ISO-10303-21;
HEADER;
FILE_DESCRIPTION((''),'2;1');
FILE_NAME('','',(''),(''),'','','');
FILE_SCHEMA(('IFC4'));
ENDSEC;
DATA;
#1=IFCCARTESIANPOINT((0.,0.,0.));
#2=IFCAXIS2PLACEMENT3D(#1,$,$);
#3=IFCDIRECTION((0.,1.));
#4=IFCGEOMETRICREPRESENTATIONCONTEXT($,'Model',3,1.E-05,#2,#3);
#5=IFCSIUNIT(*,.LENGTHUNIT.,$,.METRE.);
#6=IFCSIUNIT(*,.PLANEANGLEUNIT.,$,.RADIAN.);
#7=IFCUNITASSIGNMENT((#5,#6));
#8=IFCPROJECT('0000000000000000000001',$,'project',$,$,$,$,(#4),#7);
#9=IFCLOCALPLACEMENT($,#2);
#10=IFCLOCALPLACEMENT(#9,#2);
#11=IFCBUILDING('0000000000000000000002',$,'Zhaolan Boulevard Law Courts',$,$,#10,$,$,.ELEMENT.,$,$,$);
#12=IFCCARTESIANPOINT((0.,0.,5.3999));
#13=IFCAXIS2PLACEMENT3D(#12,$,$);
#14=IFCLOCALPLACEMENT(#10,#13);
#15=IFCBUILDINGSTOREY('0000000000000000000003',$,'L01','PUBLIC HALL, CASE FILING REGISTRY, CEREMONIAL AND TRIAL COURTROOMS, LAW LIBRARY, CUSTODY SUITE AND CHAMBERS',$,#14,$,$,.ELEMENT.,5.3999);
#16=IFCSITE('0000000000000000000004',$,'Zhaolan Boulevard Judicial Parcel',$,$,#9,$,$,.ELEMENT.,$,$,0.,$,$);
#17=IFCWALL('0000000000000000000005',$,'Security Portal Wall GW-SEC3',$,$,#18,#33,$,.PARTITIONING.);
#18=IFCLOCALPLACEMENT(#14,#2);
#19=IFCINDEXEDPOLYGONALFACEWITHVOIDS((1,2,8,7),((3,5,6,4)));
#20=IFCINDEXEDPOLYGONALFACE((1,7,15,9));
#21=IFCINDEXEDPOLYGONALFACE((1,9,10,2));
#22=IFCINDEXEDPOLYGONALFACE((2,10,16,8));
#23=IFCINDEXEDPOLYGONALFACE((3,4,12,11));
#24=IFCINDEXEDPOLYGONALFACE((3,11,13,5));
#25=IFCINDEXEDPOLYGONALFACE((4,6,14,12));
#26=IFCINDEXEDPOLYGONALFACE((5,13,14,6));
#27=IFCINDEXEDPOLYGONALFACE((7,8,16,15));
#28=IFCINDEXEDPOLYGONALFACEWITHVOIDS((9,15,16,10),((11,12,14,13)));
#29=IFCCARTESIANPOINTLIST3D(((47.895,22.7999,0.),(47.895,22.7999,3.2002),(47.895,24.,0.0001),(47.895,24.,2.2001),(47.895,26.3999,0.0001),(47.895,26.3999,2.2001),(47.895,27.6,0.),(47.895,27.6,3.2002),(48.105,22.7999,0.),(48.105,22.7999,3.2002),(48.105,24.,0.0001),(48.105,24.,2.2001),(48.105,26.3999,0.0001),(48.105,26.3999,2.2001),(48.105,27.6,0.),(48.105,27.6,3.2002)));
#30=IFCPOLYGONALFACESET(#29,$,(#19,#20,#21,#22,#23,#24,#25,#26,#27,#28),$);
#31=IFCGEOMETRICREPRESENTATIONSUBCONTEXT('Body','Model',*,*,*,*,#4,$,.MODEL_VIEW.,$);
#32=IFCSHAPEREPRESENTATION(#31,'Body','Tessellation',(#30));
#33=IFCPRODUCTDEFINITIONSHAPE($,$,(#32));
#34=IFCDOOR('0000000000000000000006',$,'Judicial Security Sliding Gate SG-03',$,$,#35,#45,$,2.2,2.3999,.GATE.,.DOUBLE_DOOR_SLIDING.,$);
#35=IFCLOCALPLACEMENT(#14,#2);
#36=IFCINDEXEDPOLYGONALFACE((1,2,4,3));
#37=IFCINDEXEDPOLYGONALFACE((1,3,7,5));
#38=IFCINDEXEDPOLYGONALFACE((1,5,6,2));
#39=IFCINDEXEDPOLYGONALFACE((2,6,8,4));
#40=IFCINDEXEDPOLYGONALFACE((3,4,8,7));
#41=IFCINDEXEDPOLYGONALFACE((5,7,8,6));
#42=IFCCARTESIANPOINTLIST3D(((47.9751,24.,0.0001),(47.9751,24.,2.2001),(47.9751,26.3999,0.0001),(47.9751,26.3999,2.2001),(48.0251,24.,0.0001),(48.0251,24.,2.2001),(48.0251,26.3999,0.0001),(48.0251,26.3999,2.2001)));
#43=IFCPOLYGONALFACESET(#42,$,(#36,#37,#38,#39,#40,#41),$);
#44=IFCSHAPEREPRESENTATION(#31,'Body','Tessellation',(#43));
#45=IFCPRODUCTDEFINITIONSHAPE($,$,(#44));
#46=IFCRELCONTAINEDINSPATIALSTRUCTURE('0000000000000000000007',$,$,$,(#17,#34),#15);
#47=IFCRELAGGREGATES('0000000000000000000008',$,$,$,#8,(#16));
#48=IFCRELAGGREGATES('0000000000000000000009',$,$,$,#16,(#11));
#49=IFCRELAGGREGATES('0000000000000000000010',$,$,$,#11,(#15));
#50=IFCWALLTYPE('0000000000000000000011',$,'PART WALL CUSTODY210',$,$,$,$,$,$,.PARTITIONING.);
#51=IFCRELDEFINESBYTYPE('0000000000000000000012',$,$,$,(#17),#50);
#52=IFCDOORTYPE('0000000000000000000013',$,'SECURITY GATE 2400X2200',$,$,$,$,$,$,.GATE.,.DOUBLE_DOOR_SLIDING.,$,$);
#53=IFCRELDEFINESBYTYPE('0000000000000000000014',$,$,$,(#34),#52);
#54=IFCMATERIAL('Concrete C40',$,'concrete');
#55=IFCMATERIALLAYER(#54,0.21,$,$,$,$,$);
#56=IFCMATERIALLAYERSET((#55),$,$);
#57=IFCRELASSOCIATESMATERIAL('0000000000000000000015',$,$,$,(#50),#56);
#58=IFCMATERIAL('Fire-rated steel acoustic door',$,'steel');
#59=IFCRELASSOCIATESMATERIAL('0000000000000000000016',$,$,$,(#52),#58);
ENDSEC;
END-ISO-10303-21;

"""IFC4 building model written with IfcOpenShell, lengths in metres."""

from ifc_helpers import new_model, si_unit, direction, frame, frame_2d, origin, place, context, subcontext, project, spatial, rectangle, extrude, material, layer, layer_set, type_object, element, fill, save


model = new_model("IFC4")

# Units and contexts
model_context = context("Model", 3, precision=1e-05, world=origin(), true_north=direction((0.0, 1.0)))
body_context = subcontext(model_context, "Body", "Model", "MODEL_VIEW")
ifc_project = project(units=[si_unit("LENGTHUNIT", "METRE"), si_unit("PLANEANGLEUNIT", "RADIAN")], contexts=[model_context])

# Site, building, storey
site_placement = place(None, origin())
site = spatial("IfcSite", under=ifc_project, at=site_placement, Name="Zhaolan Boulevard Judicial Parcel", CompositionType="ELEMENT", RefElevation=0.0)
building_placement = place(site_placement, origin())
building = spatial("IfcBuilding", under=site, at=building_placement, Name="Zhaolan Boulevard Law Courts", CompositionType="ELEMENT")
storey_placement = place(building_placement, frame((0.0, 0.0, 5.3999)))
storey = spatial("IfcBuildingStorey", under=building, at=storey_placement, Name="L01", Description="PUBLIC HALL, CASE FILING REGISTRY, CEREMONIAL AND TRIAL COURTROOMS, LAW LIBRARY, CUSTODY SUITE AND CHAMBERS", CompositionType="ELEMENT", Elevation=5.3999)

# Wall, opening, door
ifc_material_1 = material(Name="Concrete C40", Category="concrete")
ifc_layer_1 = layer(ifc_material_1, 0.21)
ifc_layer_set_1 = layer_set([ifc_layer_1])
wall_type_1 = type_object("IfcWallType", Name="PART WALL CUSTODY210", PredefinedType="PARTITIONING", material=ifc_layer_set_1)
wall_1_placement = place(storey_placement, frame((48.0, 22.8, 0.0), z_axis=(0.0, 0.0, 1.0), x_axis=(0.0, 1.0, 0.0)))
wall_1 = element("IfcWall", 1, at=wall_1_placement, inside=storey, type_object=wall_type_1, Name="Security Portal Wall GW-SEC3", PredefinedType="PARTITIONING", context=body_context, shape_type="SweptSolid", body=[
    extrude(rectangle(XDim=4.8, YDim=0.21, at=frame_2d((2.3999, 0.0))), origin(), (0.0, 0.0, 1.0), 3.2002),
])
opening_placement = place(wall_1_placement, frame((1.2, 0.0, 0.0)))
opening = element("IfcOpeningElement", 2, at=opening_placement, cuts=wall_1, PredefinedType="OPENING", context=body_context, shape_type="SweptSolid", body=[
    extrude(rectangle(XDim=2.3999, YDim=2.2, at=frame_2d((1.2, 1.1001))), frame((0.0, 0.115, 0.0), z_axis=(0.0, -1.0, 0.0), x_axis=(1.0, 0.0, 0.0)), (0.0, 0.0, 1.0), 0.23),
])
ifc_material_2 = material(Name="Fire-rated steel acoustic door", Category="steel")
door_type = type_object("IfcDoorType", Name="SECURITY GATE 2400X2200", OperationType="DOUBLE_DOOR_SLIDING", PredefinedType="GATE", material=ifc_material_2)
door_placement = place(opening_placement, origin())
door = element("IfcDoor", 3, at=door_placement, inside=storey, type_object=door_type, Name="Judicial Security Sliding Gate SG-03", OperationType="DOUBLE_DOOR_SLIDING", OverallHeight=2.2, OverallWidth=2.3999, PredefinedType="GATE", context=body_context, shape_type="SweptSolid", body=[
    extrude(rectangle(XDim=2.3999, YDim=2.2, at=frame_2d((1.2, 1.1001))), frame((0.0, 0.0249, 0.0), z_axis=(0.0, -1.0, 0.0), x_axis=(1.0, 0.0, 0.0)), (0.0, 0.0, 1.0), 0.05),
])
fill(opening, door)

save(model, "model.ifc")
